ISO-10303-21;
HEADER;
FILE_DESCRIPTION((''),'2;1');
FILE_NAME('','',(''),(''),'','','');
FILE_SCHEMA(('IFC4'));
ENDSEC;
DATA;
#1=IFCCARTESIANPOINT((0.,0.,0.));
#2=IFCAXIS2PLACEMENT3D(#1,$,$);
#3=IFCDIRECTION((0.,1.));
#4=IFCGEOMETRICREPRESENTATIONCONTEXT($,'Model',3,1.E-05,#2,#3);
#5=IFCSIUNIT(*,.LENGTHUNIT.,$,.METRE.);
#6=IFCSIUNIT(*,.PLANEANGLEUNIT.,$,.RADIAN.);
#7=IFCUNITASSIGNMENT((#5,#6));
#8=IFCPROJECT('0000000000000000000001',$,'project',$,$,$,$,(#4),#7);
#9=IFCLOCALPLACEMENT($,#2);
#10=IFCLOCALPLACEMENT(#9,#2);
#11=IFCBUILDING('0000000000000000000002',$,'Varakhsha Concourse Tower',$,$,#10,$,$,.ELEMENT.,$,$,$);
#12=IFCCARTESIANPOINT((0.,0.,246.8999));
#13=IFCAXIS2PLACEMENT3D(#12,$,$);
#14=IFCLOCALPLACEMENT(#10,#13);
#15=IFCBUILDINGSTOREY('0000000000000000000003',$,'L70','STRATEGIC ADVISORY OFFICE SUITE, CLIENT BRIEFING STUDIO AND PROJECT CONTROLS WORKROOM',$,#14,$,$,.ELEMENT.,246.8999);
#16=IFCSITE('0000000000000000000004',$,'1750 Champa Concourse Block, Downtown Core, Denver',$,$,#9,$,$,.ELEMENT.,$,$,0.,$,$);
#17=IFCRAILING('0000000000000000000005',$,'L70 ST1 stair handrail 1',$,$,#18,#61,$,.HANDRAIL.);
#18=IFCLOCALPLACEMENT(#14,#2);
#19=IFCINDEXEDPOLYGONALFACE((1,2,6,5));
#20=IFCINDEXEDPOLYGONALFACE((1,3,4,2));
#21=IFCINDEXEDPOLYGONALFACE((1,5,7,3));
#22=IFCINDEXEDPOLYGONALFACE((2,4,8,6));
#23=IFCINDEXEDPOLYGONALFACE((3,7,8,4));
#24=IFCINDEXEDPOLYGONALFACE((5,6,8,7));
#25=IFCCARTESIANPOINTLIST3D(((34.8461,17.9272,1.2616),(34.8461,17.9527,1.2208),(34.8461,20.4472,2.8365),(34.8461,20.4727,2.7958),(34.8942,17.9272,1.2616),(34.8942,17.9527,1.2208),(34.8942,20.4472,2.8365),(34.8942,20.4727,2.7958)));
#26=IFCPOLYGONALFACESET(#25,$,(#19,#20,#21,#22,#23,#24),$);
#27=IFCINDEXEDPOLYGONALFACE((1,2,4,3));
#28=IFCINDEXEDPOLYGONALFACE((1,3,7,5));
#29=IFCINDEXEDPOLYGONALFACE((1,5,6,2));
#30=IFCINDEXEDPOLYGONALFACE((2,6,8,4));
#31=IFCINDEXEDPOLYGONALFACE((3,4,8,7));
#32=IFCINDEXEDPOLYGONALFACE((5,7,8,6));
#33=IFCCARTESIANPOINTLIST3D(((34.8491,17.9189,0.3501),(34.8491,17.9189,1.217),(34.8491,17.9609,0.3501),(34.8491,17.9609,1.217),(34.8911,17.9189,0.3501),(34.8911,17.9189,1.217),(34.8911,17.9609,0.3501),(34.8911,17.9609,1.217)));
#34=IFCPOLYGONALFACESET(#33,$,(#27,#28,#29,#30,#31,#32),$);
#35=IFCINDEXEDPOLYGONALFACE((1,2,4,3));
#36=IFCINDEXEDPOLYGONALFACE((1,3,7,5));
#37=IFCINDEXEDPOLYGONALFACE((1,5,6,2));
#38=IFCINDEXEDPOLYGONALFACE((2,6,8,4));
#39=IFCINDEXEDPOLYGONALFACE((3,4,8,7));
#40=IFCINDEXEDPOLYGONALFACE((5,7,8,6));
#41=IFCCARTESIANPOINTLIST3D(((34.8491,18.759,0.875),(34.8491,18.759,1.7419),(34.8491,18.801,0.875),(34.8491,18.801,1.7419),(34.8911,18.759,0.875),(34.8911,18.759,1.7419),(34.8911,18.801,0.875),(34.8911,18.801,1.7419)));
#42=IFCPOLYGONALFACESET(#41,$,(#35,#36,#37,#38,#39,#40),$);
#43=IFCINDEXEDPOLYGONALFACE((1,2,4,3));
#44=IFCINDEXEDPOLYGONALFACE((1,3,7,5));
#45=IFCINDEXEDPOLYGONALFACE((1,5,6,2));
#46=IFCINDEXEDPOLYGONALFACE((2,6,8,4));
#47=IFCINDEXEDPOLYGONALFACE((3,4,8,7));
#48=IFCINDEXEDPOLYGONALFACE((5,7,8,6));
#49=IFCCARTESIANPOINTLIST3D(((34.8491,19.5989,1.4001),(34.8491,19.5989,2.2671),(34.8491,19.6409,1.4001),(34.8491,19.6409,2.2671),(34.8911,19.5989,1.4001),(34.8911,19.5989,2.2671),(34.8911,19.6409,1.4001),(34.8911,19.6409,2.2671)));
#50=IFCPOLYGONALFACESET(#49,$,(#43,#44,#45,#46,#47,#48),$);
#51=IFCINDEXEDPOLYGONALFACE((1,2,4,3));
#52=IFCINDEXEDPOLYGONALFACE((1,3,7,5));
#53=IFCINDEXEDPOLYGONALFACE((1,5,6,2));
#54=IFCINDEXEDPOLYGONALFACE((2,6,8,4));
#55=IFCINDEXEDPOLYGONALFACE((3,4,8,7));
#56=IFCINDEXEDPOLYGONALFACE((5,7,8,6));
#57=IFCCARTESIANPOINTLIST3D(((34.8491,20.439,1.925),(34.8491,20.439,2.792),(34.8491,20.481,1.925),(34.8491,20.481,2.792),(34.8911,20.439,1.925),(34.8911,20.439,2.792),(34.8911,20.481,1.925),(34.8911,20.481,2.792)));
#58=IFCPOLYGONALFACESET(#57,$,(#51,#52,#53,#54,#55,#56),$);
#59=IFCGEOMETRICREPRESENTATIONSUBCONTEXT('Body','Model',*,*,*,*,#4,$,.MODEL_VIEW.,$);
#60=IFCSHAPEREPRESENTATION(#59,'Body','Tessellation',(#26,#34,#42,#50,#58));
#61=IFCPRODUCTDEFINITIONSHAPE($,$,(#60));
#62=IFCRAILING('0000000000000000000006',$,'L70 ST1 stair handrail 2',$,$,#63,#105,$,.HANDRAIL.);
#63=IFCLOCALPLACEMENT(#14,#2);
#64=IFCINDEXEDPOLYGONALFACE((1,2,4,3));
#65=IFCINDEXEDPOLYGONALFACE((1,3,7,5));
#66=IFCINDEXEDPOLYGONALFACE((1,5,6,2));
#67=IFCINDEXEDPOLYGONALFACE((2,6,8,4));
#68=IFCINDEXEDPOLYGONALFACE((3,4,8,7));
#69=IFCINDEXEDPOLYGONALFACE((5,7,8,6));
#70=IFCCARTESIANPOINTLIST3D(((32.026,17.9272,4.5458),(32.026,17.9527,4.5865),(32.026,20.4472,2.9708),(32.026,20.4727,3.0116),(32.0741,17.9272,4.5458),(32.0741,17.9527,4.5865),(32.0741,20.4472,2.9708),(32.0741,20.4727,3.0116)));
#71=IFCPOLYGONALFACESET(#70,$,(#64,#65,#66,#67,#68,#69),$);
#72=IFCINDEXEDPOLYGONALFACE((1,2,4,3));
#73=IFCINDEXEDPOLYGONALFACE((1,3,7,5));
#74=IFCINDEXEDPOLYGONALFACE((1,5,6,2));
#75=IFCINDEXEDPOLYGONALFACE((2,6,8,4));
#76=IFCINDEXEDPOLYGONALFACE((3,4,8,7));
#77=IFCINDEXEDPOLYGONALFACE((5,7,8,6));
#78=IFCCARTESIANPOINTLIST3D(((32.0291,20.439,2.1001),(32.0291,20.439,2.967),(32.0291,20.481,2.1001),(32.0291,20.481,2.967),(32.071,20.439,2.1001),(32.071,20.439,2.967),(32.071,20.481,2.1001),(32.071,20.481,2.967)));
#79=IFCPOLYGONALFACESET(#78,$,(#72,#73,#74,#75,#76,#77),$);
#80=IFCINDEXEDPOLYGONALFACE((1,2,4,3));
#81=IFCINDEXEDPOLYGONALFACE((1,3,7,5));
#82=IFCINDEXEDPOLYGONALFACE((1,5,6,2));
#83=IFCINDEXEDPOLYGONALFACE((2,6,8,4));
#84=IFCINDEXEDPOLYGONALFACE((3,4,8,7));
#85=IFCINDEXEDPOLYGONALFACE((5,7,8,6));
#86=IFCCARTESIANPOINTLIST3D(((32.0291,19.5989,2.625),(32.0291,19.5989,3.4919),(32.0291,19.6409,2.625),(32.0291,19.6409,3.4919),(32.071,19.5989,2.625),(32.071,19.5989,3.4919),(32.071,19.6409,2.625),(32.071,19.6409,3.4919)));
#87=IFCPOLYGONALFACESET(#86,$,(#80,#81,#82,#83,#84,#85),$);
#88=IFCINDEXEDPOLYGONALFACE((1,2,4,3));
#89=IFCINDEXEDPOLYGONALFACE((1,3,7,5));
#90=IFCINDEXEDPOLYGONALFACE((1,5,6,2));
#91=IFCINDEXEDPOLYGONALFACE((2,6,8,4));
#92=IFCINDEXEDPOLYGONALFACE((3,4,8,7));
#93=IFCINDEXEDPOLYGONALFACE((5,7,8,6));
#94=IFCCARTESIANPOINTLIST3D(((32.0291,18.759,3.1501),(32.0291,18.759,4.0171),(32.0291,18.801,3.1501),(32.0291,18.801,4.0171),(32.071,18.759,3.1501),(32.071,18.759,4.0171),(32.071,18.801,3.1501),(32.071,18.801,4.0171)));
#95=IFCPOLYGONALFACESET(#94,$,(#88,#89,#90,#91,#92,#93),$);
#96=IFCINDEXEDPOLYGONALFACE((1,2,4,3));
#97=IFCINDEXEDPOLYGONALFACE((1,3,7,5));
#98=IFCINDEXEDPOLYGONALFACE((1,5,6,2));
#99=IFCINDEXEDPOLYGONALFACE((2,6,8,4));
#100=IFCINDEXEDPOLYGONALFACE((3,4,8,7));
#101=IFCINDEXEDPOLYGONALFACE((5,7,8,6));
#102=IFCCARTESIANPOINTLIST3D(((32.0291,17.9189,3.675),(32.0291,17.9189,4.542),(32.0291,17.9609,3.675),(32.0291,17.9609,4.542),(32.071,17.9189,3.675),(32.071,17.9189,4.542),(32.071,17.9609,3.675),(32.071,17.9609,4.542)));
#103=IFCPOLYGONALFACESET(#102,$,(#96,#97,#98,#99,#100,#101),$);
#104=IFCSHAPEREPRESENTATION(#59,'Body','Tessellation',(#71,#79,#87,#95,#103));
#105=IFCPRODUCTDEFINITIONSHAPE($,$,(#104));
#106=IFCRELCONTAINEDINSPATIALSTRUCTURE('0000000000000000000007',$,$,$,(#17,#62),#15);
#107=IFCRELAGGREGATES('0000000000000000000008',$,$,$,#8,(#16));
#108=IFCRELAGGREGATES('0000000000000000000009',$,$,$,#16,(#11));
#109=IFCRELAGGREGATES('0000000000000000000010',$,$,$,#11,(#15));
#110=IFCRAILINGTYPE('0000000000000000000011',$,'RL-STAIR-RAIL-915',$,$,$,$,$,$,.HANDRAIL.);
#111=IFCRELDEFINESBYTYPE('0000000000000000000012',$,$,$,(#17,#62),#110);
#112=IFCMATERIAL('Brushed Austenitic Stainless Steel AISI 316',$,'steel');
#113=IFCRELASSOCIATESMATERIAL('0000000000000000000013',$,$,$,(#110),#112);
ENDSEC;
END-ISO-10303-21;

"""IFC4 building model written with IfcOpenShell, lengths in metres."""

from ifc_helpers import new_model, si_unit, direction, frame, origin, origin_2d, place, context, subcontext, project, spatial, rectangle, extrude, material, type_object, element, save


model = new_model("IFC4")

# Units and contexts
model_context = context("Model", 3, precision=1e-05, world=origin(), true_north=direction((0.0, 1.0)))
body_context = subcontext(model_context, "Body", "Model", "MODEL_VIEW")
ifc_project = project(units=[si_unit("LENGTHUNIT", "METRE"), si_unit("PLANEANGLEUNIT", "RADIAN")], contexts=[model_context])

# Site, building, storey
site_placement = place(None, origin())
site = spatial("IfcSite", under=ifc_project, at=site_placement, Name="1750 Champa Concourse Block, Downtown Core, Denver", CompositionType="ELEMENT", RefElevation=0.0)
building_placement = place(site_placement, origin())
building = spatial("IfcBuilding", under=site, at=building_placement, Name="Varakhsha Concourse Tower", CompositionType="ELEMENT")
storey_placement = place(building_placement, frame((0.0, 0.0, 246.8999)))
storey = spatial("IfcBuildingStorey", under=building, at=storey_placement, Name="L70", Description="STRATEGIC ADVISORY OFFICE SUITE, CLIENT BRIEFING STUDIO AND PROJECT CONTROLS WORKROOM", CompositionType="ELEMENT", Elevation=246.8999)

# Railings
ifc_material_1 = material(Name="Brushed Austenitic Stainless Steel AISI 316", Category="steel")
railing_type_1 = type_object("IfcRailingType", Name="RL-STAIR-RAIL-915", PredefinedType="HANDRAIL", material=ifc_material_1)
railing_1_placement = place(storey_placement, frame((34.8701, 17.9399, 0.3501)))
element("IfcRailing", 1, at=railing_1_placement, inside=storey, type_object=railing_type_1, Name="L70 ST1 stair handrail 1", PredefinedType="HANDRAIL", context=body_context, shape_type="SweptSolid", body=[
    extrude(rectangle(XDim=0.0481, YDim=0.0481, at=origin_2d()), frame((0.0, 0.0, 0.8911), z_axis=(0.0, 0.848008, 0.529984), x_axis=(-1.0, 0.0, 0.0)), (0.0, 0.0, 1.0), 2.9717),
    extrude(rectangle(XDim=0.042, YDim=0.042, at=origin_2d()), origin(), (0.0, 0.0, 1.0), 0.8669),
    extrude(rectangle(XDim=0.042, YDim=0.042, at=origin_2d()), frame((0.0, 0.8401, 0.5249)), (0.0, 0.0, 1.0), 0.8669),
    extrude(rectangle(XDim=0.042, YDim=0.042, at=origin_2d()), frame((0.0, 1.6799, 1.05)), (0.0, 0.0, 1.0), 0.8669),
    extrude(rectangle(XDim=0.042, YDim=0.042, at=origin_2d()), frame((0.0, 2.52, 1.575)), (0.0, 0.0, 1.0), 0.8669),
])
railing_2_placement = place(storey_placement, frame((32.05, 20.46, 2.1001)))
element("IfcRailing", 2, at=railing_2_placement, inside=storey, type_object=railing_type_1, Name="L70 ST1 stair handrail 2", PredefinedType="HANDRAIL", context=body_context, shape_type="SweptSolid", body=[
    extrude(rectangle(XDim=0.0481, YDim=0.0481, at=origin_2d()), frame((0.0, 0.0, 0.8911), z_axis=(0.0, -0.848008, 0.529984), x_axis=(1.0, 0.0, 0.0)), (0.0, 0.0, 1.0), 2.9717),
    extrude(rectangle(XDim=0.042, YDim=0.042, at=origin_2d()), origin(), (0.0, 0.0, 1.0), 0.8669),
    extrude(rectangle(XDim=0.042, YDim=0.042, at=origin_2d()), frame((0.0, -0.8401, 0.5249)), (0.0, 0.0, 1.0), 0.8669),
    extrude(rectangle(XDim=0.042, YDim=0.042, at=origin_2d()), frame((0.0, -1.6799, 1.05)), (0.0, 0.0, 1.0), 0.8669),
    extrude(rectangle(XDim=0.042, YDim=0.042, at=origin_2d()), frame((0.0, -2.52, 1.575)), (0.0, 0.0, 1.0), 0.8669),
])

save(model, "model.ifc")
